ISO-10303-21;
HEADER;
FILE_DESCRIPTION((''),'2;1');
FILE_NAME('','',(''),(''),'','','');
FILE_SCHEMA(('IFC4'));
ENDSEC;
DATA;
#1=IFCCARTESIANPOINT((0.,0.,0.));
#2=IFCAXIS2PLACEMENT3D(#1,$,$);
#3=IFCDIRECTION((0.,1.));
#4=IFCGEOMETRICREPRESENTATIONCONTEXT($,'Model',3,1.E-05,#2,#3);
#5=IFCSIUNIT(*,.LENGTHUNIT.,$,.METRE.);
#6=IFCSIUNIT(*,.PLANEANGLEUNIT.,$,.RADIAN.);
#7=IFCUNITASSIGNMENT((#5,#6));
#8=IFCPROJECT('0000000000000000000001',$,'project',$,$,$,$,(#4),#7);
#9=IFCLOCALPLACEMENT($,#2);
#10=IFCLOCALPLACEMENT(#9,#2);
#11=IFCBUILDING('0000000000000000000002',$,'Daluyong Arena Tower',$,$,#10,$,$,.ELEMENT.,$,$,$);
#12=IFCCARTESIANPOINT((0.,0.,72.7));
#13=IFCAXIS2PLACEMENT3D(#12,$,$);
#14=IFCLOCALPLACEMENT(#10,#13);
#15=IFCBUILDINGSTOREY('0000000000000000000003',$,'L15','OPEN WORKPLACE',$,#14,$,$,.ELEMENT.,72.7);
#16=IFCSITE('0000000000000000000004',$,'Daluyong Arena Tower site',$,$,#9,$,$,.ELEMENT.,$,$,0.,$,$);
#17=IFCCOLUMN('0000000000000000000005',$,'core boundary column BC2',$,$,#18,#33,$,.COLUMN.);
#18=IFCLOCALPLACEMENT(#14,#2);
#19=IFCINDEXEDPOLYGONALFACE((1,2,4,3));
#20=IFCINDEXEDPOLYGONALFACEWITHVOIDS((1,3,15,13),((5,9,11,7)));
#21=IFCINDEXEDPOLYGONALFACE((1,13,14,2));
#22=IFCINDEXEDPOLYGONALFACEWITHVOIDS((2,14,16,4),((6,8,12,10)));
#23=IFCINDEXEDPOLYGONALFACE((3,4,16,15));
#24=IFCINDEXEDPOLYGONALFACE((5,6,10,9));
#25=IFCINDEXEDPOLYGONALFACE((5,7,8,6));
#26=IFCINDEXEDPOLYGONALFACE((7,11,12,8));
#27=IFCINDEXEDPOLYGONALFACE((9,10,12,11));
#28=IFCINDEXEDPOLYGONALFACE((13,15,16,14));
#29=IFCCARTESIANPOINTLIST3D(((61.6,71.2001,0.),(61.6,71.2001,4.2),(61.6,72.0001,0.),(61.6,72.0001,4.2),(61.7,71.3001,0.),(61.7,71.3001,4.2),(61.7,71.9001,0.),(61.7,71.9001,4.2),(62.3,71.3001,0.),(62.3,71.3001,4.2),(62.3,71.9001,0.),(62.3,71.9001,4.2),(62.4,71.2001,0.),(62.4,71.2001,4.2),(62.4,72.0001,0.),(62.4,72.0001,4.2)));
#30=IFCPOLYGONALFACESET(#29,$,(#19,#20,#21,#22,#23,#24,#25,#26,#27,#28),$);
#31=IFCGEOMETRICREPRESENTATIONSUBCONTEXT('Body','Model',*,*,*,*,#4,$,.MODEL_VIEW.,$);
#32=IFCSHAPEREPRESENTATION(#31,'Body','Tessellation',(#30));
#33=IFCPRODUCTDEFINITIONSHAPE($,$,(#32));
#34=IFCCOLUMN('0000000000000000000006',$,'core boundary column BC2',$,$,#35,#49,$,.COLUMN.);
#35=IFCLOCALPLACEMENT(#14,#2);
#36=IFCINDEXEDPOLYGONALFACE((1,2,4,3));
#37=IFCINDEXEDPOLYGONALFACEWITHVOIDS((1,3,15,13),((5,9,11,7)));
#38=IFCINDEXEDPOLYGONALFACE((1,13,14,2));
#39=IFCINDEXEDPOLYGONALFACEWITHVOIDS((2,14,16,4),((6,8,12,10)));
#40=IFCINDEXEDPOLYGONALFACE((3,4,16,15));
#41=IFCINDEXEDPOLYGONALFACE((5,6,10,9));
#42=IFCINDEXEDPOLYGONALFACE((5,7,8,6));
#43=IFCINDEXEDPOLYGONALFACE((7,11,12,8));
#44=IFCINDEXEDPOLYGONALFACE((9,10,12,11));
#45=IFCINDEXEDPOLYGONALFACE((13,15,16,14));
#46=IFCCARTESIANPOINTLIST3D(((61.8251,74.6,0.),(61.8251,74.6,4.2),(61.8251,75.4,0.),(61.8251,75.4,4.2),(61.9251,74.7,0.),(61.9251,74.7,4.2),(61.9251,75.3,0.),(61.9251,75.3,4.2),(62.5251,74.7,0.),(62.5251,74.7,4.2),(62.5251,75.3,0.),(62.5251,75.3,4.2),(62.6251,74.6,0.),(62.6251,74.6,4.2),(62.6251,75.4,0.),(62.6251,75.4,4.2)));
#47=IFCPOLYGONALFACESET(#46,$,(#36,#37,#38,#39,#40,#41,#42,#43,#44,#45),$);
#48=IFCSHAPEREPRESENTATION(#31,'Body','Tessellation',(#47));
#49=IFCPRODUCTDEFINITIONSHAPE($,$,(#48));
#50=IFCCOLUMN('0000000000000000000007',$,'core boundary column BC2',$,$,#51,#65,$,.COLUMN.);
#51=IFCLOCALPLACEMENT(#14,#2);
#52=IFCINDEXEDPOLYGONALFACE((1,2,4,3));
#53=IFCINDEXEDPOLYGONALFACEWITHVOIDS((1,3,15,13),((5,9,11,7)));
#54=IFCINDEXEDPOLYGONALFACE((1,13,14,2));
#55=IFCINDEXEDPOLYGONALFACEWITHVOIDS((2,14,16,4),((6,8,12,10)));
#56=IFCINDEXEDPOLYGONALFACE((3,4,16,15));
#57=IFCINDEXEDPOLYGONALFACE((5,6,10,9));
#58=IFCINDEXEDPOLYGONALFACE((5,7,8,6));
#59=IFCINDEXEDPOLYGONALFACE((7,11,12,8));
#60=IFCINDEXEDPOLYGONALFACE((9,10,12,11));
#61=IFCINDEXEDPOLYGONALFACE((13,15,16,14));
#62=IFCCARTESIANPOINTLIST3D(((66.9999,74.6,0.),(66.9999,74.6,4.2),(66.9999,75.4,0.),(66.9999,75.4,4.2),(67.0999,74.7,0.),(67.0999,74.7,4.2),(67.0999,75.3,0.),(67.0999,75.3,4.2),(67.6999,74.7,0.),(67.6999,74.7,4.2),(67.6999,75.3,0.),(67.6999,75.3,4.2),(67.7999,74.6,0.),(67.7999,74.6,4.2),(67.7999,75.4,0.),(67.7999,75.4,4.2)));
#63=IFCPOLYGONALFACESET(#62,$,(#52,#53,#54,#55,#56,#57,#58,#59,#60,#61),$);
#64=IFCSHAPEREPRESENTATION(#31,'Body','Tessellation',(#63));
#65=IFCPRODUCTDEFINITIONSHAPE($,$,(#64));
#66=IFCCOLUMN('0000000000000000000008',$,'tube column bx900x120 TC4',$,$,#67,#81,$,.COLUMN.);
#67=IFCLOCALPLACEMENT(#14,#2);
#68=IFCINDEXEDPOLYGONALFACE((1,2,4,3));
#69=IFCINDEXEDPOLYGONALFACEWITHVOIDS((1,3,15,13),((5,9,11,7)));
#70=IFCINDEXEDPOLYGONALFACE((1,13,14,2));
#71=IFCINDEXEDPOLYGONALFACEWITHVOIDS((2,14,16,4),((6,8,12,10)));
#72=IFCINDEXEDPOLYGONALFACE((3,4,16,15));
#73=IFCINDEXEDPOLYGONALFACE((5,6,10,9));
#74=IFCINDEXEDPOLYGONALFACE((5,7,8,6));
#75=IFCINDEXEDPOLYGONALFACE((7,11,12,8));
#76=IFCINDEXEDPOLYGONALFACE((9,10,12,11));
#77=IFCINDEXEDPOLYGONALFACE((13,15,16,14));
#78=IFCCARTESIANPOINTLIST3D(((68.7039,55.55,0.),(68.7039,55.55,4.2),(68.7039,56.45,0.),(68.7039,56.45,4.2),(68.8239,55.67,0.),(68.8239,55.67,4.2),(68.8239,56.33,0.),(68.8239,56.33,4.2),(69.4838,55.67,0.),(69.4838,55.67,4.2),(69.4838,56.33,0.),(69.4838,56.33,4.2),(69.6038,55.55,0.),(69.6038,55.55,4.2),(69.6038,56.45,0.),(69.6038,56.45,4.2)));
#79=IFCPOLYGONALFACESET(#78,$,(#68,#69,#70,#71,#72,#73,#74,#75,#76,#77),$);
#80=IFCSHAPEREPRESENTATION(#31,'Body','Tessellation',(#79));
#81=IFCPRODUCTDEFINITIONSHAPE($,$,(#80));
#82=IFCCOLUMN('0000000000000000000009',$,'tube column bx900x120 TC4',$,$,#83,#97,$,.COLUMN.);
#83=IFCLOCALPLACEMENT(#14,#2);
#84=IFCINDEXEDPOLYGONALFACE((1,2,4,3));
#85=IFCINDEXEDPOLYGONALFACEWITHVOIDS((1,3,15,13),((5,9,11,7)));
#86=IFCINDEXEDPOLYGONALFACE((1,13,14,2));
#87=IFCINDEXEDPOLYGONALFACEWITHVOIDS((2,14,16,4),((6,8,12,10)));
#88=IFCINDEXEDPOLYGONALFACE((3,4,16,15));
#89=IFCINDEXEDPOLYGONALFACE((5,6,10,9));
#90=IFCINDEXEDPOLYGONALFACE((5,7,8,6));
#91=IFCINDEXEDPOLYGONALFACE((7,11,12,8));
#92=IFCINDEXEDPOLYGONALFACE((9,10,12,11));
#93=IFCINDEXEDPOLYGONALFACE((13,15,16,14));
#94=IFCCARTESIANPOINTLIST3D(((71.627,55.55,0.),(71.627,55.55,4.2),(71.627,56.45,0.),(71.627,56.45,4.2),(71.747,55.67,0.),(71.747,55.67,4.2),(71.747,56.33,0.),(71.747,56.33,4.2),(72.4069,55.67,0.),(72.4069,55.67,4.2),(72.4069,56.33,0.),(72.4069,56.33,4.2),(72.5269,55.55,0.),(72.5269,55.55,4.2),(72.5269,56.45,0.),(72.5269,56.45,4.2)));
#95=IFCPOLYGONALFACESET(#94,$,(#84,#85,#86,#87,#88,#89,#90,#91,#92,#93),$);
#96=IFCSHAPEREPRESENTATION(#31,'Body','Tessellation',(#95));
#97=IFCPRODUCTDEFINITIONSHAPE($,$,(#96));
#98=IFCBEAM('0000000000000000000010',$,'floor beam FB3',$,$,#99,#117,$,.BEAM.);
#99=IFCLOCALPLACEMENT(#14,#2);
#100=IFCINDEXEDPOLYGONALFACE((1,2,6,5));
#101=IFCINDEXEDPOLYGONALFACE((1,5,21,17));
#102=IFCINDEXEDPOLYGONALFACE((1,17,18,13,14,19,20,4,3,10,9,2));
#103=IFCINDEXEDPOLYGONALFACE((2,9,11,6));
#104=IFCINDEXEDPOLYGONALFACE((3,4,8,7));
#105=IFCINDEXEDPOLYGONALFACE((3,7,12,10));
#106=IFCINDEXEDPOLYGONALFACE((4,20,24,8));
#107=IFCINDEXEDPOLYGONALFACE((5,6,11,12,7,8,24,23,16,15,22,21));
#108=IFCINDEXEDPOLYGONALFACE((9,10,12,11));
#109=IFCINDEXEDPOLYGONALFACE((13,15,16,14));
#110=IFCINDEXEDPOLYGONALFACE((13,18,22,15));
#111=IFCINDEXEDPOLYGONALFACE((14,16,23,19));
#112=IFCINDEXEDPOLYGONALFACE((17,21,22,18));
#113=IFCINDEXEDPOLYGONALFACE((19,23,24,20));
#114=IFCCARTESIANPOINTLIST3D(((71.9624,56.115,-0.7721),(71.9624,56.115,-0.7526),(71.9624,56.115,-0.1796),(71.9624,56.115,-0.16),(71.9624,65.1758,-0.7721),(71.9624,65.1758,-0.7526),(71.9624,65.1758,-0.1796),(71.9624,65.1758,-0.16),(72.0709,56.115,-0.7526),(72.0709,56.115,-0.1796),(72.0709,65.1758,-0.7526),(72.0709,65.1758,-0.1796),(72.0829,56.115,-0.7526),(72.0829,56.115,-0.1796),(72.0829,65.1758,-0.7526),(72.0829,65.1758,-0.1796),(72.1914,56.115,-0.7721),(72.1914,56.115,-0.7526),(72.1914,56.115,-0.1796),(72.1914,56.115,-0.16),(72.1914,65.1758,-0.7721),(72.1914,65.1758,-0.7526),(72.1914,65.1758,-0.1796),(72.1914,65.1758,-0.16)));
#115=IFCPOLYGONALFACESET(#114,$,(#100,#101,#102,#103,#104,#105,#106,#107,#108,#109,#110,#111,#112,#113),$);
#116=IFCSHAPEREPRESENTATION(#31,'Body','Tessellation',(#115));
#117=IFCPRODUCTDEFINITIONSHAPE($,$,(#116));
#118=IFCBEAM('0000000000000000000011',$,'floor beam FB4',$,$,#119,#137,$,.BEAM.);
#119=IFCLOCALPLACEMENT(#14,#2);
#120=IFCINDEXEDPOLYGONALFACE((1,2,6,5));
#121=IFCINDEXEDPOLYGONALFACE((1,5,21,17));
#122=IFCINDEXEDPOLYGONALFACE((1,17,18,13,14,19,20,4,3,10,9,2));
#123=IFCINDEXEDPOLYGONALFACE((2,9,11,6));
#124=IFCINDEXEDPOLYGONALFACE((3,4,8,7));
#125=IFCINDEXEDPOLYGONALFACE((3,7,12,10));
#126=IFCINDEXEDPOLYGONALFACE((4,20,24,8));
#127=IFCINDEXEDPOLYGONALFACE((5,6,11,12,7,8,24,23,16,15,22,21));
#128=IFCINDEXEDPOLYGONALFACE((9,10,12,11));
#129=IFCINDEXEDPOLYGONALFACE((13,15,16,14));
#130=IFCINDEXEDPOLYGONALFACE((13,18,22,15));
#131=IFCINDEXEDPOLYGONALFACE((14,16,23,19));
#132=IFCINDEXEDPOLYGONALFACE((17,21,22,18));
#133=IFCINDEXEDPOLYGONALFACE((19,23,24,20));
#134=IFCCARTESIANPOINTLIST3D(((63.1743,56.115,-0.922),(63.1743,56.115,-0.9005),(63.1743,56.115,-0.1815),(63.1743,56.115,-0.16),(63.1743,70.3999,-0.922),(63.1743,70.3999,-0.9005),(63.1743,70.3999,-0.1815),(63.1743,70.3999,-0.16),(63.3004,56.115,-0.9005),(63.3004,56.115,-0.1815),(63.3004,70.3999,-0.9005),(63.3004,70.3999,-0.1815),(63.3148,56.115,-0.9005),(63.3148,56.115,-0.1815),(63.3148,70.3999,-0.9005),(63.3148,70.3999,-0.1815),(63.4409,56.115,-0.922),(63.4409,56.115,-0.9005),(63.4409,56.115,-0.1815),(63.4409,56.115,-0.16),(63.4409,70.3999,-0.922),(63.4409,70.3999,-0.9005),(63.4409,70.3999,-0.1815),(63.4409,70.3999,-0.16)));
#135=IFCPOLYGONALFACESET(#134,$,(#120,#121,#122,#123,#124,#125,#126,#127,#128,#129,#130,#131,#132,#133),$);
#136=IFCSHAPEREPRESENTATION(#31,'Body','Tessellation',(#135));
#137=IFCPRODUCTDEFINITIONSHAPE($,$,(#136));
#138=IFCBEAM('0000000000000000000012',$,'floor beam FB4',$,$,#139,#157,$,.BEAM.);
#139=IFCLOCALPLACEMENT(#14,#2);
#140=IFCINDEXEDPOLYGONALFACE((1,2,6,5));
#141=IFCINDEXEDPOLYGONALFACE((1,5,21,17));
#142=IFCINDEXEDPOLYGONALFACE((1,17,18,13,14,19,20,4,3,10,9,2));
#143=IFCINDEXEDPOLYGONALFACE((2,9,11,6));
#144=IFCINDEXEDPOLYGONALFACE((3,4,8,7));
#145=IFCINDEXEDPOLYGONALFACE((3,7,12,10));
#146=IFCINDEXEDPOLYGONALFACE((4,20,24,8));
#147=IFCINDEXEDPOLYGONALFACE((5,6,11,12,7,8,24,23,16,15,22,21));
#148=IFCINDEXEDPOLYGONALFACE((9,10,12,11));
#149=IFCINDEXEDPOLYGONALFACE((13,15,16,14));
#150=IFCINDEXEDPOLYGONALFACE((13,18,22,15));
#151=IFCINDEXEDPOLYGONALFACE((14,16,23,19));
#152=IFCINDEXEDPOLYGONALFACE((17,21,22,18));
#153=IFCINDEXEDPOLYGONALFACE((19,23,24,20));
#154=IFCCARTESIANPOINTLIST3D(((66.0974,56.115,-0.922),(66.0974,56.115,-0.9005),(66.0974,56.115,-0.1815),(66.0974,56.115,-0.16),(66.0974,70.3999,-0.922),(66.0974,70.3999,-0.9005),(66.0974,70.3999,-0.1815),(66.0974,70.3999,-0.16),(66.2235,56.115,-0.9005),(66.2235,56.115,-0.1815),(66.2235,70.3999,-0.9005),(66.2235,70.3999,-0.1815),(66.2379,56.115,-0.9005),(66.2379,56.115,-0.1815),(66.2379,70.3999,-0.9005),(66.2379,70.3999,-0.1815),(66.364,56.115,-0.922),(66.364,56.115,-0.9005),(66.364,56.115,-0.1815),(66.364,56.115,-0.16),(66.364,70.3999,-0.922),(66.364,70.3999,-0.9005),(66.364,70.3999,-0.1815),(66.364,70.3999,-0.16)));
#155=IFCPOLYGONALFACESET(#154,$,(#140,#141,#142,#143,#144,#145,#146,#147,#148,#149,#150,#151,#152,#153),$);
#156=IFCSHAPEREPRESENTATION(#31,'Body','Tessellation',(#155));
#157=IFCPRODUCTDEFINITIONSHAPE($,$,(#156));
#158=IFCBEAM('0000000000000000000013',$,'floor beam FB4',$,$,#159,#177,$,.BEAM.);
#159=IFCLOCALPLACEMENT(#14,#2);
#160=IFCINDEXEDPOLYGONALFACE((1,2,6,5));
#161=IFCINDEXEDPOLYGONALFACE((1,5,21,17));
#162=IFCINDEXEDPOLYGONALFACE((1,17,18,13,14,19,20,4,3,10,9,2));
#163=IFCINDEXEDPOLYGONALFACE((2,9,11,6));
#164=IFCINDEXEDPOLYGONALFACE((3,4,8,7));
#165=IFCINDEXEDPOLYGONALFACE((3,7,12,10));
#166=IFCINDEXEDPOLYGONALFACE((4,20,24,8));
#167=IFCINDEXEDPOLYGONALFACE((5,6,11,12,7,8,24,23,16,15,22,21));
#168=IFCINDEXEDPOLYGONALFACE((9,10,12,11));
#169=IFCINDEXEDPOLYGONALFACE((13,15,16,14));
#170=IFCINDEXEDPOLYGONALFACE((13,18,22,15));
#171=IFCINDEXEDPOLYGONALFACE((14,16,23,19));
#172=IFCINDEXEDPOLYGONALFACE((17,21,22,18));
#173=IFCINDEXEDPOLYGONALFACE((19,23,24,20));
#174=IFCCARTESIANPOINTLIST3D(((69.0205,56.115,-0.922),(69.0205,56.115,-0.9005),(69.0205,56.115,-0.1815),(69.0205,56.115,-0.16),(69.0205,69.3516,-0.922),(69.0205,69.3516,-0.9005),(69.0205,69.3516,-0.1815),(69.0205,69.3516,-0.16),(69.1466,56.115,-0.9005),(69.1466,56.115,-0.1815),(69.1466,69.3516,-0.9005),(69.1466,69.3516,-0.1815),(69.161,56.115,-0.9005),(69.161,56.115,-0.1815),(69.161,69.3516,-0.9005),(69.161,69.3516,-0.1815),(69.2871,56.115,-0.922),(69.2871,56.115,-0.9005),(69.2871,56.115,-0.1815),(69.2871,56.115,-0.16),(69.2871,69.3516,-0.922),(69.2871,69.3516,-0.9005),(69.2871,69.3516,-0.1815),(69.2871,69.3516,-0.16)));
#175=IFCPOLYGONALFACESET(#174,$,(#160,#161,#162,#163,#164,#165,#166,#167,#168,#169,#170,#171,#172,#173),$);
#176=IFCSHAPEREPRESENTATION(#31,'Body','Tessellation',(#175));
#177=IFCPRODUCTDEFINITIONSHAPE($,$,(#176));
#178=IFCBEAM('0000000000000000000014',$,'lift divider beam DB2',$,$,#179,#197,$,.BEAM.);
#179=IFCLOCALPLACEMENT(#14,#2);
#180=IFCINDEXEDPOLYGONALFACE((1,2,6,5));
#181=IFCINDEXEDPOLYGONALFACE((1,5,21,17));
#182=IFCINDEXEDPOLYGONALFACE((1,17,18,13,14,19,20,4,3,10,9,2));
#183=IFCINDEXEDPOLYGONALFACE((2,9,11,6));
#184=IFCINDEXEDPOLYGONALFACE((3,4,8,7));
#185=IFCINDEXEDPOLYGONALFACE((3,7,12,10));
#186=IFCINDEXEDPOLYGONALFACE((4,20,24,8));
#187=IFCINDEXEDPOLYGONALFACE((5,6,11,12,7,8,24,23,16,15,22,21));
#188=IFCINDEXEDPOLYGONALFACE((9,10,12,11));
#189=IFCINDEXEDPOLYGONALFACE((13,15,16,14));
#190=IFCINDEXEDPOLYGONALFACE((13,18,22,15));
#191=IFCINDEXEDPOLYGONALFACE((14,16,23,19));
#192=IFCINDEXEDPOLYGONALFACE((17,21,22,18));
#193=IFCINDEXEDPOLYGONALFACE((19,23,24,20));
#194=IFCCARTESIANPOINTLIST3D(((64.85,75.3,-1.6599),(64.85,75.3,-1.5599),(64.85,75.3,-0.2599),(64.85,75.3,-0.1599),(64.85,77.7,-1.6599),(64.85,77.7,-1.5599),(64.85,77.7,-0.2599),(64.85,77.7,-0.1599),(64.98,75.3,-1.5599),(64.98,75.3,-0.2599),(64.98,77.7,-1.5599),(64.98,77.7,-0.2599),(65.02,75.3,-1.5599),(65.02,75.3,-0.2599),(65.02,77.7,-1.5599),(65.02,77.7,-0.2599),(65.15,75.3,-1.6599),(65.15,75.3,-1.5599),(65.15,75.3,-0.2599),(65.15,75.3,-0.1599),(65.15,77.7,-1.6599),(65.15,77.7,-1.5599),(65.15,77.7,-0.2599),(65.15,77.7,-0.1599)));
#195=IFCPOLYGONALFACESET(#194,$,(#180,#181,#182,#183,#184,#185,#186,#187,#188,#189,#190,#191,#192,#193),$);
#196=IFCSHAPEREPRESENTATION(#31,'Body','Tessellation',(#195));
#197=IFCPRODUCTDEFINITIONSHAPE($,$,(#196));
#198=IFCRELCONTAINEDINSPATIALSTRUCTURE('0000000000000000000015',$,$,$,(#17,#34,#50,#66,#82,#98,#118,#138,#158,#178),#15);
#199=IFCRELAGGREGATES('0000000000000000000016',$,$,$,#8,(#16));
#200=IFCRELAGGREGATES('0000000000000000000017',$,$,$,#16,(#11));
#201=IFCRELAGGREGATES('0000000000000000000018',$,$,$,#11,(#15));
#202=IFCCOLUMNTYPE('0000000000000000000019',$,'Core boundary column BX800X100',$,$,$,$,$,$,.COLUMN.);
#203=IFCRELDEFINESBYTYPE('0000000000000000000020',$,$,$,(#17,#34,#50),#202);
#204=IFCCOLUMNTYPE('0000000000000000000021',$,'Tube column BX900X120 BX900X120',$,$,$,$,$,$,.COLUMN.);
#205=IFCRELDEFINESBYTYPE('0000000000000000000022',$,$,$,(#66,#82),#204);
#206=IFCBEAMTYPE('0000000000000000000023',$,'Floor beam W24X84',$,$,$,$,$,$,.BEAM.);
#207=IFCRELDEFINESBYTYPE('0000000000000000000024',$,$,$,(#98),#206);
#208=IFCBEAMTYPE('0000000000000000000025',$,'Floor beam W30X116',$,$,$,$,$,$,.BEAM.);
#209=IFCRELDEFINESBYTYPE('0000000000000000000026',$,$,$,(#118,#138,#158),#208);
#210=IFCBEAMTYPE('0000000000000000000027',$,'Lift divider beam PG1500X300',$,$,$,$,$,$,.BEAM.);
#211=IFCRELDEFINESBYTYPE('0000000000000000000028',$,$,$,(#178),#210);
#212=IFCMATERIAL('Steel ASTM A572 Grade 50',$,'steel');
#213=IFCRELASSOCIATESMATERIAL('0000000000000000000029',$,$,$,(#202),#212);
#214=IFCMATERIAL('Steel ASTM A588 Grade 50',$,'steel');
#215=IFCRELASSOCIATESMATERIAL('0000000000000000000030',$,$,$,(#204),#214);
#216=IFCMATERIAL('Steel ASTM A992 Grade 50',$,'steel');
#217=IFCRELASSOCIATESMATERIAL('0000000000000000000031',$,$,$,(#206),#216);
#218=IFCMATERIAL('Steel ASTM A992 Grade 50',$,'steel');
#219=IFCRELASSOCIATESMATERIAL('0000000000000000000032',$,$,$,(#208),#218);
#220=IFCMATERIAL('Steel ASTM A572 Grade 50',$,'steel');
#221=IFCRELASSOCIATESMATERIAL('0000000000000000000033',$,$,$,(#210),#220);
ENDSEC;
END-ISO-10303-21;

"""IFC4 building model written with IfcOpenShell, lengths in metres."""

from ifc_helpers import new_model, si_unit, direction, frame, origin, origin_2d, place, context, subcontext, project, spatial, hollow_rectangle, i_section, extrude, material, material_profile, profile_set, type_object, element, save


model = new_model("IFC4")

# Units and contexts
model_context = context("Model", 3, precision=1e-05, world=origin(), true_north=direction((0.0, 1.0)))
body_context = subcontext(model_context, "Body", "Model", "MODEL_VIEW")
ifc_project = project(units=[si_unit("LENGTHUNIT", "METRE"), si_unit("PLANEANGLEUNIT", "RADIAN")], contexts=[model_context])

# Site, building, storey
site_placement = place(None, origin())
site = spatial("IfcSite", under=ifc_project, at=site_placement, Name="Daluyong Arena Tower site", CompositionType="ELEMENT", RefElevation=0.0)
building_placement = place(site_placement, origin())
building = spatial("IfcBuilding", under=site, at=building_placement, Name="Daluyong Arena Tower", CompositionType="ELEMENT")
storey_placement = place(building_placement, frame((0.0, 0.0, 72.7)))
storey = spatial("IfcBuildingStorey", under=building, at=storey_placement, Name="L15", Description="OPEN WORKPLACE", CompositionType="ELEMENT", Elevation=72.7)

# Columns
ifc_material_1 = material(Name="Steel ASTM A572 Grade 50", Category="steel")
ifc_material_profile_1 = material_profile(ifc_material_1, hollow_rectangle(XDim=0.8, YDim=0.8, WallThickness=0.1, at=origin_2d()))
ifc_profile_set_1 = profile_set([ifc_material_profile_1], Name="Steel ASTM A572 Grade 50")
column_type_1 = type_object("IfcColumnType", Name="Core boundary column BX800X100", PredefinedType="COLUMN", material=ifc_profile_set_1)
for number, where, z_axis, x_axis, name in (
    (1, (62.0, 71.6001, 0.0), (0.0, 0.0, 1.0), (1.0, 0.0, 0.0), "core boundary column BC2"),
    (2, (62.2251, 75.0, 0.0), (0.0, 0.0, 1.0), (1.0, 0.0, 0.0), "core boundary column BC2"),
    (3, (67.3999, 75.0, 0.0), (0.0, 0.0, 1.0), (1.0, 0.0, 0.0), "core boundary column BC2"),
):
    element("IfcColumn", number, at=place(storey_placement, frame(where, z_axis=z_axis, x_axis=x_axis)), inside=storey, type_object=column_type_1, Name=name, PredefinedType="COLUMN", context=body_context, shape_type="SweptSolid", body=[
        extrude(hollow_rectangle(XDim=0.8, YDim=0.8, WallThickness=0.1, at=origin_2d()), origin(), (0.0, 0.0, 1.0), 4.2),
    ])
ifc_material_2 = material(Name="Steel ASTM A588 Grade 50", Category="steel")
ifc_material_profile_2 = material_profile(ifc_material_2, hollow_rectangle(XDim=0.8999, YDim=0.8999, WallThickness=0.12, at=origin_2d()))
ifc_profile_set_2 = profile_set([ifc_material_profile_2], Name="Steel ASTM A588 Grade 50")
column_type_2 = type_object("IfcColumnType", Name="Tube column BX900X120 BX900X120", PredefinedType="COLUMN", material=ifc_profile_set_2)
for number, where, z_axis, x_axis, name in (
    (4, (69.1538, 56.0, 0.0), (0.0, 0.0, 1.0), (1.0, 0.0, 0.0), "tube column bx900x120 TC4"),
    (5, (72.0769, 56.0, 0.0), (0.0, 0.0, 1.0), (1.0, 0.0, 0.0), "tube column bx900x120 TC4"),
):
    element("IfcColumn", number, at=place(storey_placement, frame(where, z_axis=z_axis, x_axis=x_axis)), inside=storey, type_object=column_type_2, Name=name, PredefinedType="COLUMN", context=body_context, shape_type="SweptSolid", body=[
        extrude(hollow_rectangle(XDim=0.8999, YDim=0.8999, WallThickness=0.12, at=origin_2d()), origin(), (0.0, 0.0, 1.0), 4.2),
    ])

# Beams
ifc_material_3 = material(Name="Steel ASTM A992 Grade 50", Category="steel")
ifc_material_profile_3 = material_profile(ifc_material_3, i_section(OverallWidth=0.229, OverallDepth=0.6121, WebThickness=0.012, FlangeThickness=0.0195, at=origin_2d()))
ifc_profile_set_3 = profile_set([ifc_material_profile_3], Name="Steel ASTM A992 Grade 50")
beam_type_1 = type_object("IfcBeamType", Name="Floor beam W24X84", PredefinedType="BEAM", material=ifc_profile_set_3)
beam_1_placement = place(storey_placement, frame((72.0769, 56.115, -0.4661), z_axis=(0.0, 1.0, 0.0), x_axis=(-1.0, 0.0, 0.0)))
element("IfcBeam", 6, at=beam_1_placement, inside=storey, type_object=beam_type_1, Name="floor beam FB3", PredefinedType="BEAM", context=body_context, shape_type="SweptSolid", body=[
    extrude(i_section(OverallWidth=0.229, OverallDepth=0.6121, WebThickness=0.012, FlangeThickness=0.0195, at=origin_2d()), origin(), (0.0, 0.0, 1.0), 9.0608),
])
ifc_material_4 = material(Name="Steel ASTM A992 Grade 50", Category="steel")
ifc_material_profile_4 = material_profile(ifc_material_4, i_section(OverallWidth=0.2666, OverallDepth=0.762, WebThickness=0.0144, FlangeThickness=0.0215, at=origin_2d()))
ifc_profile_set_4 = profile_set([ifc_material_profile_4], Name="Steel ASTM A992 Grade 50")
beam_type_2 = type_object("IfcBeamType", Name="Floor beam W30X116", PredefinedType="BEAM", material=ifc_profile_set_4)
for number, where, z_axis, x_axis, name in (
    (7, (63.3076, 56.115, -0.541), (0.0, 1.0, 0.0), (-1.0, 0.0, 0.0), "floor beam FB4"),
    (8, (66.2307, 56.115, -0.541), (0.0, 1.0, 0.0), (-1.0, 0.0, 0.0), "floor beam FB4"),
):
    element("IfcBeam", number, at=place(storey_placement, frame(where, z_axis=z_axis, x_axis=x_axis)), inside=storey, type_object=beam_type_2, Name=name, PredefinedType="BEAM", context=body_context, shape_type="SweptSolid", body=[
        extrude(i_section(OverallWidth=0.2666, OverallDepth=0.762, WebThickness=0.0144, FlangeThickness=0.0215, at=origin_2d()), origin(), (0.0, 0.0, 1.0), 14.2849),
    ])
beam_2_placement = place(storey_placement, frame((69.1538, 56.115, -0.541), z_axis=(0.0, 1.0, 0.0), x_axis=(-1.0, 0.0, 0.0)))
element("IfcBeam", 9, at=beam_2_placement, inside=storey, type_object=beam_type_2, Name="floor beam FB4", PredefinedType="BEAM", context=body_context, shape_type="SweptSolid", body=[
    extrude(i_section(OverallWidth=0.2666, OverallDepth=0.762, WebThickness=0.0144, FlangeThickness=0.0215, at=origin_2d()), origin(), (0.0, 0.0, 1.0), 13.2366),
])
ifc_material_5 = material(Name="Steel ASTM A572 Grade 50", Category="steel")
ifc_material_profile_5 = material_profile(ifc_material_5, i_section(OverallWidth=0.3, OverallDepth=1.5, WebThickness=0.04, FlangeThickness=0.1, at=origin_2d()))
ifc_profile_set_5 = profile_set([ifc_material_profile_5], Name="Steel ASTM A572 Grade 50")
beam_type_3 = type_object("IfcBeamType", Name="Lift divider beam PG1500X300", PredefinedType="BEAM", material=ifc_profile_set_5)
beam_3_placement = place(storey_placement, frame((65.0, 75.3, -0.9099), z_axis=(0.0, 1.0, 0.0), x_axis=(-1.0, 0.0, 0.0)))
element("IfcBeam", 10, at=beam_3_placement, inside=storey, type_object=beam_type_3, Name="lift divider beam DB2", PredefinedType="BEAM", context=body_context, shape_type="SweptSolid", body=[
    extrude(i_section(OverallWidth=0.3, OverallDepth=1.5, WebThickness=0.04, FlangeThickness=0.1, at=origin_2d()), origin(), (0.0, 0.0, 1.0), 2.3999),
])

save(model, "model.ifc")
